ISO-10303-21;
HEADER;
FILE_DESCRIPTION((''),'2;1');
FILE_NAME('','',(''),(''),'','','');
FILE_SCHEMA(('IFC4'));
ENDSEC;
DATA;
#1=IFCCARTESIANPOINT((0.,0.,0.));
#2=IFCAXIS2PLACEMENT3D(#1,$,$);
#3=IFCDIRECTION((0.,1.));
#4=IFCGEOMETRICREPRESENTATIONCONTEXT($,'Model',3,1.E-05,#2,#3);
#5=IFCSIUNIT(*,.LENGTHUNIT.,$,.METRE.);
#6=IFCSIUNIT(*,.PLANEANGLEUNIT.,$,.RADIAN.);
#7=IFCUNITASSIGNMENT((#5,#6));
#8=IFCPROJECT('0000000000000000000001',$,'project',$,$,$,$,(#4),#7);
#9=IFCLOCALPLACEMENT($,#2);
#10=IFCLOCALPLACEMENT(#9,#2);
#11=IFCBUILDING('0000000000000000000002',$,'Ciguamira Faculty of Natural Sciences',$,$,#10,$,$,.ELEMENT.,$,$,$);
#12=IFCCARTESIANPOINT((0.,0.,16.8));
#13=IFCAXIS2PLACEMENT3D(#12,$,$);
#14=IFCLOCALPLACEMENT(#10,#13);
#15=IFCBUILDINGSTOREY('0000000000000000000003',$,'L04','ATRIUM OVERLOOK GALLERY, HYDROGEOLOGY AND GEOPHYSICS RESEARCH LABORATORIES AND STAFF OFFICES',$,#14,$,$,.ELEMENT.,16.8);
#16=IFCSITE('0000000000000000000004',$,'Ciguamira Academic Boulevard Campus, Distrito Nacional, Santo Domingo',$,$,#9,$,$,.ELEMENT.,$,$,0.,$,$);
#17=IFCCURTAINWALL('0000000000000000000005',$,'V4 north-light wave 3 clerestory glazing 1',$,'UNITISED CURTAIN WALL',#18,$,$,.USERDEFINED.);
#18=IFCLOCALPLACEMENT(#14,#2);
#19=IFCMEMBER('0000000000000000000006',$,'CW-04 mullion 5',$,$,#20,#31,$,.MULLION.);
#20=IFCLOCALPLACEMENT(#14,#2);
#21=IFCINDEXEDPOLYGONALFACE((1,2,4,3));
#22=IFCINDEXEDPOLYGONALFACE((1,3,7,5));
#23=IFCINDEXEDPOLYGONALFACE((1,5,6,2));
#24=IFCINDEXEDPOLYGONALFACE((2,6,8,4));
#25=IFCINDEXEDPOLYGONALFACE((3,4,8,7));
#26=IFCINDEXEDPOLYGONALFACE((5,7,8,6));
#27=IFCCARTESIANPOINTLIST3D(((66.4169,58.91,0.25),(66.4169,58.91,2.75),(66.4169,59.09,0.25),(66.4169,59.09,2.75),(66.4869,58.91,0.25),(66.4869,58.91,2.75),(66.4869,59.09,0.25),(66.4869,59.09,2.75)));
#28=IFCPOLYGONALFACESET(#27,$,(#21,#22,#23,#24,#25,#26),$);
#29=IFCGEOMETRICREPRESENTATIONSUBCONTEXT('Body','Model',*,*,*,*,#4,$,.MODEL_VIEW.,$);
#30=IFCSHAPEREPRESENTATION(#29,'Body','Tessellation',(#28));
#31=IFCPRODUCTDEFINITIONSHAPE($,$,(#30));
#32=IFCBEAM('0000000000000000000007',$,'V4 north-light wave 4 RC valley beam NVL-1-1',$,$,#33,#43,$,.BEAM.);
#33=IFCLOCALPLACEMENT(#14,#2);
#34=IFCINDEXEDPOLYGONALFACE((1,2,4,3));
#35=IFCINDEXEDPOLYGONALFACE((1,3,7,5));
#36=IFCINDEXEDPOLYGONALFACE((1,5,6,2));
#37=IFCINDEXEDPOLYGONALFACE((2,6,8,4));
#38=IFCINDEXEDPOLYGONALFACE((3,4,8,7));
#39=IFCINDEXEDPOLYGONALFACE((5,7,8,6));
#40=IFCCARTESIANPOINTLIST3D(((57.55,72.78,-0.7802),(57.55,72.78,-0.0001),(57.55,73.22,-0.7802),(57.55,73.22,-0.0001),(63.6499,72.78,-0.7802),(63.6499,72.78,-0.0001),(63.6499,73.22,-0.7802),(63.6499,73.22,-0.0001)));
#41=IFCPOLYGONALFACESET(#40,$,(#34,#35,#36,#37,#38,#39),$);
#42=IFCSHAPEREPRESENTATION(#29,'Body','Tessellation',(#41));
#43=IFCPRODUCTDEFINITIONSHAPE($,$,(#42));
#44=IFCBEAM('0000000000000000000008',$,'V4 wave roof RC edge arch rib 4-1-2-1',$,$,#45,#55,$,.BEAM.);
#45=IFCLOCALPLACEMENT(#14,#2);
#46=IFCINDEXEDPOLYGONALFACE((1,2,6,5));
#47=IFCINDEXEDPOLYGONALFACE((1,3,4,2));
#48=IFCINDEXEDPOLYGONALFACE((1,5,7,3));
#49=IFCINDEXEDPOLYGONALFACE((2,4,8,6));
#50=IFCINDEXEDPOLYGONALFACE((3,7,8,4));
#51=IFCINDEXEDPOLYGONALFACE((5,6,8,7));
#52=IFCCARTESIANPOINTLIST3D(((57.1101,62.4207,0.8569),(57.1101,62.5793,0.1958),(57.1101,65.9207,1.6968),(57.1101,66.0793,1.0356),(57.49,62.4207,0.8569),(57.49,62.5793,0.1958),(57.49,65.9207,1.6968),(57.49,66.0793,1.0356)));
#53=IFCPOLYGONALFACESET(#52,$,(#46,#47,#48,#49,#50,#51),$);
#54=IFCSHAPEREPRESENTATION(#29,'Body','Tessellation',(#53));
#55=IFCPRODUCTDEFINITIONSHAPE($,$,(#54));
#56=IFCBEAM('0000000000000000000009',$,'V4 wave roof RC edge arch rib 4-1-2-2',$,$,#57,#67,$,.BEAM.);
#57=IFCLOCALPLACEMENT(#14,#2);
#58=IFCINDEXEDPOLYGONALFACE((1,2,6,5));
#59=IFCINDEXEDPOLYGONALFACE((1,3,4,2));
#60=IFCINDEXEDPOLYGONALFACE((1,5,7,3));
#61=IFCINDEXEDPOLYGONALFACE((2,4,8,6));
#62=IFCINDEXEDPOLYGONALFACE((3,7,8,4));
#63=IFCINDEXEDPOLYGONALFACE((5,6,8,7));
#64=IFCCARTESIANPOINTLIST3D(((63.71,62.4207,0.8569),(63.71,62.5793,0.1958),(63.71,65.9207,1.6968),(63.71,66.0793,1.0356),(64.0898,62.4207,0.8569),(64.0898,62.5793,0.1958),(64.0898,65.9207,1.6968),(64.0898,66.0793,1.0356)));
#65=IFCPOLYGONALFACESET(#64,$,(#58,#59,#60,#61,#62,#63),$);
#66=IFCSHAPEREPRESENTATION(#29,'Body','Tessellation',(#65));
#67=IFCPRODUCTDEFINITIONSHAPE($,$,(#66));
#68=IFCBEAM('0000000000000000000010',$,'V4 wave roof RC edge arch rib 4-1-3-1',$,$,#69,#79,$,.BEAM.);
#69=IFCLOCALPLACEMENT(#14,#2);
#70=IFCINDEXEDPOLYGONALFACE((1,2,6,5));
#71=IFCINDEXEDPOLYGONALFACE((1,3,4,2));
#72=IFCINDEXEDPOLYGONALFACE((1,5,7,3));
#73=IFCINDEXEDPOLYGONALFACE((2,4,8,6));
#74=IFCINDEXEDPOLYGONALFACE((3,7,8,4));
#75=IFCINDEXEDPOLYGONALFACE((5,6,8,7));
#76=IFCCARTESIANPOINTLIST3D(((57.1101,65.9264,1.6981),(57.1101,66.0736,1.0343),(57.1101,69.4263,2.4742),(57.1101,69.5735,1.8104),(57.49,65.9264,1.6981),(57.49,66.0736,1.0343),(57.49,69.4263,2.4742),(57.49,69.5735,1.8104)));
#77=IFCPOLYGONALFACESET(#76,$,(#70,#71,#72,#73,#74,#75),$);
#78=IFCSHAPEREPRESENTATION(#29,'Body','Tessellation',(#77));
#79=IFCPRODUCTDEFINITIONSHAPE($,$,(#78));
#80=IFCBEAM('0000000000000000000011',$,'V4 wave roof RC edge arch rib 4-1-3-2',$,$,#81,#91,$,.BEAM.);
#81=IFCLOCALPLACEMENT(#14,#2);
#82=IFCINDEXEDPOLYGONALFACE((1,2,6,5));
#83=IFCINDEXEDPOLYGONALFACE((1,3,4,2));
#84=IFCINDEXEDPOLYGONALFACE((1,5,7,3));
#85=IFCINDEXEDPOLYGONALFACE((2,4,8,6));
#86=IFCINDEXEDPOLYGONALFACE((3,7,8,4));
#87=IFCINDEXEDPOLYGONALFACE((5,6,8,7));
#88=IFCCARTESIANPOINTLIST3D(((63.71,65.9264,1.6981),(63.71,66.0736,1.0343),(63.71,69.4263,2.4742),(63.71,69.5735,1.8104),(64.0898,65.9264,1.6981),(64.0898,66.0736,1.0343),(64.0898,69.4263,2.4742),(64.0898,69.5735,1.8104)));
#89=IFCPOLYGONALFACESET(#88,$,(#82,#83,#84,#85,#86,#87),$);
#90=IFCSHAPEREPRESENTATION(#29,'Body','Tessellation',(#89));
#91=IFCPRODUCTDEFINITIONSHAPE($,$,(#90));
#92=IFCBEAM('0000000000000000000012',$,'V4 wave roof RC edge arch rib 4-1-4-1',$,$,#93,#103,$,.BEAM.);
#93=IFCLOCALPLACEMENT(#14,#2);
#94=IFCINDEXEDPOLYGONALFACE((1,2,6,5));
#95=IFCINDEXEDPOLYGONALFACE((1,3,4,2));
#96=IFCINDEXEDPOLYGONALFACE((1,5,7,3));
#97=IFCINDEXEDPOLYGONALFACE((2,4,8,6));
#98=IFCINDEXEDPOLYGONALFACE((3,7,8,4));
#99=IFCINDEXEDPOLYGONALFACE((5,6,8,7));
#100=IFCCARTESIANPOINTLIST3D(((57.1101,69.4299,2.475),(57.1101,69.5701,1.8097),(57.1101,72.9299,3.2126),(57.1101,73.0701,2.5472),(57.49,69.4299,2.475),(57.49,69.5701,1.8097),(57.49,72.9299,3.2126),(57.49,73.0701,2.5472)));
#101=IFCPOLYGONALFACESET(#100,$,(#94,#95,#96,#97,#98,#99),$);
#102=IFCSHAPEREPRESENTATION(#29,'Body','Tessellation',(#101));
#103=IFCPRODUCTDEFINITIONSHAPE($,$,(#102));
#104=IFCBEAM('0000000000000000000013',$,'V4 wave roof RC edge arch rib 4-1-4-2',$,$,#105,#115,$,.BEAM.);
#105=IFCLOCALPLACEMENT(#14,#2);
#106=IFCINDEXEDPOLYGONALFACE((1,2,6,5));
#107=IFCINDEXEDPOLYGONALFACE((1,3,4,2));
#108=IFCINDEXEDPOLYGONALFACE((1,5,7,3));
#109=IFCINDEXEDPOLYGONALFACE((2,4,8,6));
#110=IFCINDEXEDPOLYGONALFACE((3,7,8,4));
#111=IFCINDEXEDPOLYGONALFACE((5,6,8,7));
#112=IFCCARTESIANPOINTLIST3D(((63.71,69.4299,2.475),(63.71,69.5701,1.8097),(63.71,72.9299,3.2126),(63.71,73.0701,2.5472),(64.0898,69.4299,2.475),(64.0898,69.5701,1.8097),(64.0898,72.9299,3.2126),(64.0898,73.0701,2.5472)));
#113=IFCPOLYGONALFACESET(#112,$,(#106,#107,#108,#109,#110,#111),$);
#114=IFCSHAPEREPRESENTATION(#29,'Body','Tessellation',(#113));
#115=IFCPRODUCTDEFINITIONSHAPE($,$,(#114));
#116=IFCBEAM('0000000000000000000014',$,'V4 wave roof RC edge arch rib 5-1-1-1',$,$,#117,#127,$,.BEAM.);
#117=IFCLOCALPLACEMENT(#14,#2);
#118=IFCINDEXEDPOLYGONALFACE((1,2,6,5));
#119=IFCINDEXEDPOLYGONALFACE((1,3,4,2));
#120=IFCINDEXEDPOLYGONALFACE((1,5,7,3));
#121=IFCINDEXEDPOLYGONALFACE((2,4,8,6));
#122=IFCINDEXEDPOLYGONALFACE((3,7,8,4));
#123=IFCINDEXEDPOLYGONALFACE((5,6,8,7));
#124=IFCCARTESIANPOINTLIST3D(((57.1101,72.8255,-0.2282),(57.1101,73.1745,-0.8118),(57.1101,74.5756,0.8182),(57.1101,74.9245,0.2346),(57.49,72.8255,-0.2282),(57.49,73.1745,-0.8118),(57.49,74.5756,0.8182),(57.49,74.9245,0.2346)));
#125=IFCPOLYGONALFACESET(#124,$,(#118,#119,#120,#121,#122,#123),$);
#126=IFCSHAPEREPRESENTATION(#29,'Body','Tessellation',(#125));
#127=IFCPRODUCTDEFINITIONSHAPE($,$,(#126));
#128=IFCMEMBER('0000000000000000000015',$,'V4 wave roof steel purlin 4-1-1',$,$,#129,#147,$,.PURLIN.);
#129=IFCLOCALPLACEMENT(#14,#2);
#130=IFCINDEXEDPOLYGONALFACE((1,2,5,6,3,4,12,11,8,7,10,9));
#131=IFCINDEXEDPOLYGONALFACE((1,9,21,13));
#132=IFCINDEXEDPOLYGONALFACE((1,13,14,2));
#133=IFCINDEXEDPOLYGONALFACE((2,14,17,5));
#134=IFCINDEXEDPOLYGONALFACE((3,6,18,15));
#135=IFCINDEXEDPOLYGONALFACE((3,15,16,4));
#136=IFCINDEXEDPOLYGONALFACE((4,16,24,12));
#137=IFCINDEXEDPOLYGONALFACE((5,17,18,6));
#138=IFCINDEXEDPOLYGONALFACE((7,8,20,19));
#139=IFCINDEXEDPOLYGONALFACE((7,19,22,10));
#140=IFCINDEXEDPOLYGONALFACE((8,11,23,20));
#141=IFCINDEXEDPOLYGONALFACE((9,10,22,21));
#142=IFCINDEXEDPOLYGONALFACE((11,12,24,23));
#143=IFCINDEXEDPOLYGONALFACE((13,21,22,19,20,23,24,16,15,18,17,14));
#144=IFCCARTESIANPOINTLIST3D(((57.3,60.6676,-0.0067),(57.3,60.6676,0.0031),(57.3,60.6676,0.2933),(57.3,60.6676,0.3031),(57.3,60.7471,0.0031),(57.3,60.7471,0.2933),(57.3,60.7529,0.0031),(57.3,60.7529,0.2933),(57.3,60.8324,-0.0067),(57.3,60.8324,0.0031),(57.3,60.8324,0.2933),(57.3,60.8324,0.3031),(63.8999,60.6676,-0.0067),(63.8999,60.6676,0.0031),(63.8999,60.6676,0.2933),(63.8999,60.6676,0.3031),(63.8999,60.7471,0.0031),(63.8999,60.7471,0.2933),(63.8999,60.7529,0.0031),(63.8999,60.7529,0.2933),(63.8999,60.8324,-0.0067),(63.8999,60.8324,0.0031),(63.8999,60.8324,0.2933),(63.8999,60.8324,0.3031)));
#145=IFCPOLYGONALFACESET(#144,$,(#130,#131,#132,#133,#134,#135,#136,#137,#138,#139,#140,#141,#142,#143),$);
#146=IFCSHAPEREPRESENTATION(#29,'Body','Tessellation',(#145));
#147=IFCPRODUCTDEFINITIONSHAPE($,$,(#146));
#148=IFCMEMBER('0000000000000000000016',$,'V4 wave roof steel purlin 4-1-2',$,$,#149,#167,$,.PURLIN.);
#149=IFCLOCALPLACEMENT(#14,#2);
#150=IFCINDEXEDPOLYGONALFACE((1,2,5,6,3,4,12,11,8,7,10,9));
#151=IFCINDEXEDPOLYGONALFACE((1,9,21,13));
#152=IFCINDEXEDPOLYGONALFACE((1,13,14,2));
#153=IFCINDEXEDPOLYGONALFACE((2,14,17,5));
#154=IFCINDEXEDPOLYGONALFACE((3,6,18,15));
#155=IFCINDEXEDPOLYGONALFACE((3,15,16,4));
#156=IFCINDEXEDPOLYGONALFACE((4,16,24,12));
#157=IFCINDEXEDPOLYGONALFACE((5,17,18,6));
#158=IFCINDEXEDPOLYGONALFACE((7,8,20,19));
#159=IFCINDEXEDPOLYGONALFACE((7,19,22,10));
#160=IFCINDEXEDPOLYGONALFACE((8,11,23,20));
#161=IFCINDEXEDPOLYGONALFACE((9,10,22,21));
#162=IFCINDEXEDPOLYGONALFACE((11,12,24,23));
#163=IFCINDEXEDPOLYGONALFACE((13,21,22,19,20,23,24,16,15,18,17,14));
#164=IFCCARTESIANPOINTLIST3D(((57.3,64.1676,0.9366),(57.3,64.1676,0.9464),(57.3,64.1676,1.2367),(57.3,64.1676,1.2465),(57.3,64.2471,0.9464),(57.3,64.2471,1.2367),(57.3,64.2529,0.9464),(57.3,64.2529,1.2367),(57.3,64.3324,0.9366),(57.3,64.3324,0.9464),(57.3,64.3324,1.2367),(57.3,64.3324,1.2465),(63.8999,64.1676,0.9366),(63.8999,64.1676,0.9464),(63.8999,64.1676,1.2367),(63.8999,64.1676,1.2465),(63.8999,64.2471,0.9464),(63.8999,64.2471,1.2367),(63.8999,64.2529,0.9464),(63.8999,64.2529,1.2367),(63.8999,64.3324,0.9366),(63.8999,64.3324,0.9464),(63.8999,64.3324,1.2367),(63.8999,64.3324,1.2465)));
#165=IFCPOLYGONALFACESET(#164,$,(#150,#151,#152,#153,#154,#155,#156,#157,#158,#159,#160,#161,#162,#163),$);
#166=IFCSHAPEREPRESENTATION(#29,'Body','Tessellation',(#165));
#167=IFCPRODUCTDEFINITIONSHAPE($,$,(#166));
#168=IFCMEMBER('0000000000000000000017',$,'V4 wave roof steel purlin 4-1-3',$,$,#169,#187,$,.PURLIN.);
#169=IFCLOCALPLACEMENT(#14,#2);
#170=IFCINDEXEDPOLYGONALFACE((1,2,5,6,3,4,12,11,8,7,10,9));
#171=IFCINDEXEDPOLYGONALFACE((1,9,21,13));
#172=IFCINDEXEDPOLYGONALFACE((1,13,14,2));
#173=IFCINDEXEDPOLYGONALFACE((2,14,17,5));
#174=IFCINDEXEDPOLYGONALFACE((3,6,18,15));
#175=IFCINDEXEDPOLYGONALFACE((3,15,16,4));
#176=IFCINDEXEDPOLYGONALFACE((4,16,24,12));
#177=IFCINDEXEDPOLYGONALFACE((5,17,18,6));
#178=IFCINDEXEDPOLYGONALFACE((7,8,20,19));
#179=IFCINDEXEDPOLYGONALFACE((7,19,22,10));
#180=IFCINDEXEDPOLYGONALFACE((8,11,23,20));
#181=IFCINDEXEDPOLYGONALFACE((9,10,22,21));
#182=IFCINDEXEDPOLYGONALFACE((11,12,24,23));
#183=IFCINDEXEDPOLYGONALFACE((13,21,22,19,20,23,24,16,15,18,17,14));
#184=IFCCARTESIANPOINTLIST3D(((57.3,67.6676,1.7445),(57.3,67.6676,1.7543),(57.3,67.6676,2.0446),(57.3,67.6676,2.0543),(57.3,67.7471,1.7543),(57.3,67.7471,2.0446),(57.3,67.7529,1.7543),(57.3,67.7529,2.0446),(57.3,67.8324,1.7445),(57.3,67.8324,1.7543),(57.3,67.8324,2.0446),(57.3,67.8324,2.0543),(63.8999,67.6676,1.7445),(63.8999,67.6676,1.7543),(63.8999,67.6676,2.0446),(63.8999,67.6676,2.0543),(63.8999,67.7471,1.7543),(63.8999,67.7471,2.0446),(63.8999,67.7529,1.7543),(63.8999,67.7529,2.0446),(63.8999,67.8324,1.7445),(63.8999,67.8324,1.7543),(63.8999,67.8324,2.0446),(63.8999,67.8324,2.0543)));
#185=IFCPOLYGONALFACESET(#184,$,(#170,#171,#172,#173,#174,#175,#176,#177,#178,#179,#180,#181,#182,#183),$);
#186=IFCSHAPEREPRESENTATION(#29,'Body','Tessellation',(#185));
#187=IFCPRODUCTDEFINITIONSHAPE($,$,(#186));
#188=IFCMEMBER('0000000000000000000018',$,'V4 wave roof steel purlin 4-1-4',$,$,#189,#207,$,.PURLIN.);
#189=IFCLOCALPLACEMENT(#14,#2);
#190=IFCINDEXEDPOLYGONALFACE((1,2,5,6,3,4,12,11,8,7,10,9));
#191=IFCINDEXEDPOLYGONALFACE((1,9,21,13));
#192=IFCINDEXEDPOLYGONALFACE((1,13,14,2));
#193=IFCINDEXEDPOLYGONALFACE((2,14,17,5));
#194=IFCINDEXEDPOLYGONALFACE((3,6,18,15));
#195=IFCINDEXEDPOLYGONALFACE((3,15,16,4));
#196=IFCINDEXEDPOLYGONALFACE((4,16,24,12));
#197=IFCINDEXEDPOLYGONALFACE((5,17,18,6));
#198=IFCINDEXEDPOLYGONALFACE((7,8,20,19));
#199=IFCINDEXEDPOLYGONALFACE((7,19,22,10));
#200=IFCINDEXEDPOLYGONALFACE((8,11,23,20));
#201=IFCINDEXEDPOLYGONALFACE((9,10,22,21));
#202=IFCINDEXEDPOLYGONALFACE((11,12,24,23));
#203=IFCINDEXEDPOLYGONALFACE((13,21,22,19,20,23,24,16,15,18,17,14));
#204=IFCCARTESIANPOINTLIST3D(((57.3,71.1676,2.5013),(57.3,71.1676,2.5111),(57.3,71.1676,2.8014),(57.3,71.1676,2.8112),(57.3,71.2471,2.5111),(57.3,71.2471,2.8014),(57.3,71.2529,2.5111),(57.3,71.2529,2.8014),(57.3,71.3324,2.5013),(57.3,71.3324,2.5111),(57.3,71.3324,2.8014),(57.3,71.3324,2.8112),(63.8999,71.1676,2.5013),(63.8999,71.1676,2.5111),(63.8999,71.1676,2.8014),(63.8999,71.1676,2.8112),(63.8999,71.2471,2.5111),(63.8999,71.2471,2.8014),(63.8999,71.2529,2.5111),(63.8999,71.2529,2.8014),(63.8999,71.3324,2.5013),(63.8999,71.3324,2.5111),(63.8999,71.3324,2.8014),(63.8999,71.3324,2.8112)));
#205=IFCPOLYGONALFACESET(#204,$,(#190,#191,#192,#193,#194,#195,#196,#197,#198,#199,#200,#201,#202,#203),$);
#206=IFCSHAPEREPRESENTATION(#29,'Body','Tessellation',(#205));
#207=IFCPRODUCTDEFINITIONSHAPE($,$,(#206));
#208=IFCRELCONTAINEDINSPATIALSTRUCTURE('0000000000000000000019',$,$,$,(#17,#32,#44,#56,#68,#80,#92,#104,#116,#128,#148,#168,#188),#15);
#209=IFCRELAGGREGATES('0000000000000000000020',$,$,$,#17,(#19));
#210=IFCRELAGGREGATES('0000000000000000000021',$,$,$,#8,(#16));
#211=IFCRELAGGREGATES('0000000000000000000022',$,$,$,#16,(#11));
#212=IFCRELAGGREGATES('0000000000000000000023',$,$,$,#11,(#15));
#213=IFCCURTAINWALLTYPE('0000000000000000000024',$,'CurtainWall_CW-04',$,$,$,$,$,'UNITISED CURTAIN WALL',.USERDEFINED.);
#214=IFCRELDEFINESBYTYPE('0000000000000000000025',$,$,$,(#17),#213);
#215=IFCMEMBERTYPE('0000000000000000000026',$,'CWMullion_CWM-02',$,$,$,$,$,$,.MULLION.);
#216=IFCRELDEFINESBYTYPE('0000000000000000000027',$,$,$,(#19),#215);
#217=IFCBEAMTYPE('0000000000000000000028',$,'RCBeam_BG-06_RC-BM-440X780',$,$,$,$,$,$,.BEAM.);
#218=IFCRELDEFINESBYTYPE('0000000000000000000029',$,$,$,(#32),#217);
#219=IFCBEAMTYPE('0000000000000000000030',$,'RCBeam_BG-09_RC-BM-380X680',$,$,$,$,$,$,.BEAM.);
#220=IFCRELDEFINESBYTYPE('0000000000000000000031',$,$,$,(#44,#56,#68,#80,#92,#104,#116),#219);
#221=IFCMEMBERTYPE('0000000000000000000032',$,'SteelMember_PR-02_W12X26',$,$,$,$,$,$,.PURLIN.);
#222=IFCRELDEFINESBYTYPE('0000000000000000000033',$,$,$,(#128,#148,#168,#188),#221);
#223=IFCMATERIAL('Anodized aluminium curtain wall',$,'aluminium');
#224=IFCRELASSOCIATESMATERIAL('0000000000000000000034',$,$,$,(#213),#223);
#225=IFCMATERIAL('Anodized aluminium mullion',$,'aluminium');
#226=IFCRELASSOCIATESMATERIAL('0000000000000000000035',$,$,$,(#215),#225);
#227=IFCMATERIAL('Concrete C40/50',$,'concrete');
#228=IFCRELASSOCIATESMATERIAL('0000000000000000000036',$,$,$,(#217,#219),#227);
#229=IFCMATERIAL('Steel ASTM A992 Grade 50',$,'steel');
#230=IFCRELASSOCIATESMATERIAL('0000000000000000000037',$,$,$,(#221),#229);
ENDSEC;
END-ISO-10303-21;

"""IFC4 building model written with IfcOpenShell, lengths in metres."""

from ifc_helpers import new_model, si_unit, direction, frame, origin, origin_2d, place, context, subcontext, project, spatial, rectangle, i_section, extrude, material, material_profile, profile_set, type_object, element, aggregate, save


model = new_model("IFC4")

# Units and contexts
model_context = context("Model", 3, precision=1e-05, world=origin(), true_north=direction((0.0, 1.0)))
body_context = subcontext(model_context, "Body", "Model", "MODEL_VIEW")
ifc_project = project(units=[si_unit("LENGTHUNIT", "METRE"), si_unit("PLANEANGLEUNIT", "RADIAN")], contexts=[model_context])

# Site, building, storey
site_placement = place(None, origin())
site = spatial("IfcSite", under=ifc_project, at=site_placement, Name="Ciguamira Academic Boulevard Campus, Distrito Nacional, Santo Domingo", CompositionType="ELEMENT", RefElevation=0.0)
building_placement = place(site_placement, origin())
building = spatial("IfcBuilding", under=site, at=building_placement, Name="Ciguamira Faculty of Natural Sciences", CompositionType="ELEMENT")
storey_placement = place(building_placement, frame((0.0, 0.0, 16.8)))
storey = spatial("IfcBuildingStorey", under=building, at=storey_placement, Name="L04", Description="ATRIUM OVERLOOK GALLERY, HYDROGEOLOGY AND GEOPHYSICS RESEARCH LABORATORIES AND STAFF OFFICES", CompositionType="ELEMENT", Elevation=16.8)

# Curtain wall, member
ifc_material_1 = material(Name="Anodized aluminium curtain wall", Category="aluminium")
curtain_wall_type = type_object("IfcCurtainWallType", Name="CurtainWall_CW-04", ElementType="UNITISED CURTAIN WALL", PredefinedType="USERDEFINED", material=ifc_material_1)
curtain_wall_placement = place(storey_placement, origin())
curtain_wall = element("IfcCurtainWall", 1, at=curtain_wall_placement, inside=storey, type_object=curtain_wall_type, Name="V4 north-light wave 3 clerestory glazing 1", ObjectType="UNITISED CURTAIN WALL", PredefinedType="USERDEFINED")
ifc_material_2 = material(Name="Anodized aluminium mullion", Category="aluminium")
ifc_material_profile_1 = material_profile(ifc_material_2, rectangle(XDim=0.0701, YDim=0.1799, at=origin_2d()), Name="ALU-MUL-70X180")
ifc_profile_set_1 = profile_set([ifc_material_profile_1], Name="Anodized aluminium mullion")
member_type_1 = type_object("IfcMemberType", Name="CWMullion_CWM-02", PredefinedType="MULLION", material=ifc_profile_set_1)
member_1_placement = place(storey_placement, frame((66.4519, 59.0, 0.25), z_axis=(0.0, 0.0, 1.0), x_axis=(1.0, 0.0, 0.0)))
member_1 = element("IfcMember", 2, at=member_1_placement, type_object=member_type_1, Name="CW-04 mullion 5", PredefinedType="MULLION", context=body_context, shape_type="SweptSolid", body=[
    extrude(rectangle(XDim=0.0701, YDim=0.1799, at=origin_2d()), origin(), (0.0, 0.0, 1.0), 2.5),
])

# Beams
ifc_material_3 = material(Name="Concrete C40/50", Category="concrete")
ifc_material_profile_2 = material_profile(ifc_material_3, rectangle(XDim=0.4399, YDim=0.78, at=origin_2d()), Name="RC-BM-440X780")
ifc_profile_set_2 = profile_set([ifc_material_profile_2], Name="Concrete C40/50")
beam_type_1 = type_object("IfcBeamType", Name="RCBeam_BG-06_RC-BM-440X780", PredefinedType="BEAM", material=ifc_profile_set_2)
beam_1_placement = place(storey_placement, frame((57.55, 73.0, -0.3901), z_axis=(1.0, 0.0, 0.0), x_axis=(0.0, 1.0, 0.0)))
element("IfcBeam", 3, at=beam_1_placement, inside=storey, type_object=beam_type_1, Name="V4 north-light wave 4 RC valley beam NVL-1-1", PredefinedType="BEAM", context=body_context, shape_type="SweptSolid", body=[
    extrude(rectangle(XDim=0.4399, YDim=0.78, at=origin_2d()), origin(), (0.0, 0.0, 1.0), 6.0999),
])
ifc_material_profile_3 = material_profile(ifc_material_3, rectangle(XDim=0.3799, YDim=0.6799, at=origin_2d()), Name="RC-BM-380X680")
ifc_profile_set_3 = profile_set([ifc_material_profile_3], Name="Concrete C40/50")
beam_type_2 = type_object("IfcBeamType", Name="RCBeam_BG-09_RC-BM-380X680", PredefinedType="BEAM", material=ifc_profile_set_3)
for number, where, z_axis, x_axis, name in (
    (4, (57.3, 62.5, 0.5264), (0.0, 0.972397, 0.233332), (-1.0, 0.0, 0.0), "V4 wave roof RC edge arch rib 4-1-2-1"),
    (5, (63.8999, 62.5, 0.5264), (0.0, 0.972397, 0.233332), (-1.0, 0.0, 0.0), "V4 wave roof RC edge arch rib 4-1-2-2"),
):
    element("IfcBeam", number, at=place(storey_placement, frame(where, z_axis=z_axis, x_axis=x_axis)), inside=storey, type_object=beam_type_2, Name=name, PredefinedType="BEAM", context=body_context, shape_type="SweptSolid", body=[
        extrude(rectangle(XDim=0.3799, YDim=0.6799, at=origin_2d()), origin(), (0.0, 0.0, 1.0), 3.5994),
    ])
for number, where, z_axis, x_axis, name in (
    (6, (57.3, 66.0, 1.3662), (0.0, 0.976285, 0.216491), (-1.0, 0.0, 0.0), "V4 wave roof RC edge arch rib 4-1-3-1"),
    (7, (63.8999, 66.0, 1.3662), (0.0, 0.976285, 0.216491), (-1.0, 0.0, 0.0), "V4 wave roof RC edge arch rib 4-1-3-2"),
):
    element("IfcBeam", number, at=place(storey_placement, frame(where, z_axis=z_axis, x_axis=x_axis)), inside=storey, type_object=beam_type_2, Name=name, PredefinedType="BEAM", context=body_context, shape_type="SweptSolid", body=[
        extrude(rectangle(XDim=0.3799, YDim=0.6799, at=origin_2d()), origin(), (0.0, 0.0, 1.0), 3.585),
    ])
for number, where, z_axis, x_axis, name in (
    (8, (57.3, 69.5, 2.1423), (0.0, 0.97851, 0.2062), (-1.0, 0.0, 0.0), "V4 wave roof RC edge arch rib 4-1-4-1"),
    (9, (63.8999, 69.5, 2.1423), (0.0, 0.97851, 0.2062), (-1.0, 0.0, 0.0), "V4 wave roof RC edge arch rib 4-1-4-2"),
):
    element("IfcBeam", number, at=place(storey_placement, frame(where, z_axis=z_axis, x_axis=x_axis)), inside=storey, type_object=beam_type_2, Name=name, PredefinedType="BEAM", context=body_context, shape_type="SweptSolid", body=[
        extrude(rectangle(XDim=0.3799, YDim=0.6799, at=origin_2d()), origin(), (0.0, 0.0, 1.0), 3.5769),
    ])
beam_2_placement = place(storey_placement, frame((57.3, 73.0, -0.52), z_axis=(0.0, 0.858274, 0.513192), x_axis=(-1.0, 0.0, 0.0)))
element("IfcBeam", 10, at=beam_2_placement, inside=storey, type_object=beam_type_2, Name="V4 wave roof RC edge arch rib 5-1-1-1", PredefinedType="BEAM", context=body_context, shape_type="SweptSolid", body=[
    extrude(rectangle(XDim=0.3799, YDim=0.6799, at=origin_2d()), origin(), (0.0, 0.0, 1.0), 2.0391),
])

# Members
ifc_material_4 = material(Name="Steel ASTM A992 Grade 50", Category="steel")
ifc_material_profile_4 = material_profile(ifc_material_4, i_section(OverallWidth=0.1648, OverallDepth=0.3098, WebThickness=0.0059, FlangeThickness=0.0098, at=origin_2d()), Name="W12X26")
ifc_profile_set_4 = profile_set([ifc_material_profile_4], Name="Steel ASTM A992 Grade 50")
member_type_2 = type_object("IfcMemberType", Name="SteelMember_PR-02_W12X26", PredefinedType="PURLIN", material=ifc_profile_set_4)
for number, where, z_axis, x_axis, name in (
    (11, (57.3, 60.75, 0.1482), (1.0, 0.0, 0.0), (0.0, 1.0, 0.0), "V4 wave roof steel purlin 4-1-1"),
    (12, (57.3, 64.25, 1.0916), (1.0, 0.0, 0.0), (0.0, 1.0, 0.0), "V4 wave roof steel purlin 4-1-2"),
    (13, (57.3, 67.75, 1.8994), (1.0, 0.0, 0.0), (0.0, 1.0, 0.0), "V4 wave roof steel purlin 4-1-3"),
    (14, (57.3, 71.25, 2.6562), (1.0, 0.0, 0.0), (0.0, 1.0, 0.0), "V4 wave roof steel purlin 4-1-4"),
):
    element("IfcMember", number, at=place(storey_placement, frame(where, z_axis=z_axis, x_axis=x_axis)), inside=storey, type_object=member_type_2, Name=name, PredefinedType="PURLIN", context=body_context, shape_type="SweptSolid", body=[
        extrude(i_section(OverallWidth=0.1648, OverallDepth=0.3098, WebThickness=0.0059, FlangeThickness=0.0098, at=origin_2d()), origin(), (0.0, 0.0, 1.0), 6.5999),
    ])

aggregate(curtain_wall, [member_1])

save(model, "model.ifc")
